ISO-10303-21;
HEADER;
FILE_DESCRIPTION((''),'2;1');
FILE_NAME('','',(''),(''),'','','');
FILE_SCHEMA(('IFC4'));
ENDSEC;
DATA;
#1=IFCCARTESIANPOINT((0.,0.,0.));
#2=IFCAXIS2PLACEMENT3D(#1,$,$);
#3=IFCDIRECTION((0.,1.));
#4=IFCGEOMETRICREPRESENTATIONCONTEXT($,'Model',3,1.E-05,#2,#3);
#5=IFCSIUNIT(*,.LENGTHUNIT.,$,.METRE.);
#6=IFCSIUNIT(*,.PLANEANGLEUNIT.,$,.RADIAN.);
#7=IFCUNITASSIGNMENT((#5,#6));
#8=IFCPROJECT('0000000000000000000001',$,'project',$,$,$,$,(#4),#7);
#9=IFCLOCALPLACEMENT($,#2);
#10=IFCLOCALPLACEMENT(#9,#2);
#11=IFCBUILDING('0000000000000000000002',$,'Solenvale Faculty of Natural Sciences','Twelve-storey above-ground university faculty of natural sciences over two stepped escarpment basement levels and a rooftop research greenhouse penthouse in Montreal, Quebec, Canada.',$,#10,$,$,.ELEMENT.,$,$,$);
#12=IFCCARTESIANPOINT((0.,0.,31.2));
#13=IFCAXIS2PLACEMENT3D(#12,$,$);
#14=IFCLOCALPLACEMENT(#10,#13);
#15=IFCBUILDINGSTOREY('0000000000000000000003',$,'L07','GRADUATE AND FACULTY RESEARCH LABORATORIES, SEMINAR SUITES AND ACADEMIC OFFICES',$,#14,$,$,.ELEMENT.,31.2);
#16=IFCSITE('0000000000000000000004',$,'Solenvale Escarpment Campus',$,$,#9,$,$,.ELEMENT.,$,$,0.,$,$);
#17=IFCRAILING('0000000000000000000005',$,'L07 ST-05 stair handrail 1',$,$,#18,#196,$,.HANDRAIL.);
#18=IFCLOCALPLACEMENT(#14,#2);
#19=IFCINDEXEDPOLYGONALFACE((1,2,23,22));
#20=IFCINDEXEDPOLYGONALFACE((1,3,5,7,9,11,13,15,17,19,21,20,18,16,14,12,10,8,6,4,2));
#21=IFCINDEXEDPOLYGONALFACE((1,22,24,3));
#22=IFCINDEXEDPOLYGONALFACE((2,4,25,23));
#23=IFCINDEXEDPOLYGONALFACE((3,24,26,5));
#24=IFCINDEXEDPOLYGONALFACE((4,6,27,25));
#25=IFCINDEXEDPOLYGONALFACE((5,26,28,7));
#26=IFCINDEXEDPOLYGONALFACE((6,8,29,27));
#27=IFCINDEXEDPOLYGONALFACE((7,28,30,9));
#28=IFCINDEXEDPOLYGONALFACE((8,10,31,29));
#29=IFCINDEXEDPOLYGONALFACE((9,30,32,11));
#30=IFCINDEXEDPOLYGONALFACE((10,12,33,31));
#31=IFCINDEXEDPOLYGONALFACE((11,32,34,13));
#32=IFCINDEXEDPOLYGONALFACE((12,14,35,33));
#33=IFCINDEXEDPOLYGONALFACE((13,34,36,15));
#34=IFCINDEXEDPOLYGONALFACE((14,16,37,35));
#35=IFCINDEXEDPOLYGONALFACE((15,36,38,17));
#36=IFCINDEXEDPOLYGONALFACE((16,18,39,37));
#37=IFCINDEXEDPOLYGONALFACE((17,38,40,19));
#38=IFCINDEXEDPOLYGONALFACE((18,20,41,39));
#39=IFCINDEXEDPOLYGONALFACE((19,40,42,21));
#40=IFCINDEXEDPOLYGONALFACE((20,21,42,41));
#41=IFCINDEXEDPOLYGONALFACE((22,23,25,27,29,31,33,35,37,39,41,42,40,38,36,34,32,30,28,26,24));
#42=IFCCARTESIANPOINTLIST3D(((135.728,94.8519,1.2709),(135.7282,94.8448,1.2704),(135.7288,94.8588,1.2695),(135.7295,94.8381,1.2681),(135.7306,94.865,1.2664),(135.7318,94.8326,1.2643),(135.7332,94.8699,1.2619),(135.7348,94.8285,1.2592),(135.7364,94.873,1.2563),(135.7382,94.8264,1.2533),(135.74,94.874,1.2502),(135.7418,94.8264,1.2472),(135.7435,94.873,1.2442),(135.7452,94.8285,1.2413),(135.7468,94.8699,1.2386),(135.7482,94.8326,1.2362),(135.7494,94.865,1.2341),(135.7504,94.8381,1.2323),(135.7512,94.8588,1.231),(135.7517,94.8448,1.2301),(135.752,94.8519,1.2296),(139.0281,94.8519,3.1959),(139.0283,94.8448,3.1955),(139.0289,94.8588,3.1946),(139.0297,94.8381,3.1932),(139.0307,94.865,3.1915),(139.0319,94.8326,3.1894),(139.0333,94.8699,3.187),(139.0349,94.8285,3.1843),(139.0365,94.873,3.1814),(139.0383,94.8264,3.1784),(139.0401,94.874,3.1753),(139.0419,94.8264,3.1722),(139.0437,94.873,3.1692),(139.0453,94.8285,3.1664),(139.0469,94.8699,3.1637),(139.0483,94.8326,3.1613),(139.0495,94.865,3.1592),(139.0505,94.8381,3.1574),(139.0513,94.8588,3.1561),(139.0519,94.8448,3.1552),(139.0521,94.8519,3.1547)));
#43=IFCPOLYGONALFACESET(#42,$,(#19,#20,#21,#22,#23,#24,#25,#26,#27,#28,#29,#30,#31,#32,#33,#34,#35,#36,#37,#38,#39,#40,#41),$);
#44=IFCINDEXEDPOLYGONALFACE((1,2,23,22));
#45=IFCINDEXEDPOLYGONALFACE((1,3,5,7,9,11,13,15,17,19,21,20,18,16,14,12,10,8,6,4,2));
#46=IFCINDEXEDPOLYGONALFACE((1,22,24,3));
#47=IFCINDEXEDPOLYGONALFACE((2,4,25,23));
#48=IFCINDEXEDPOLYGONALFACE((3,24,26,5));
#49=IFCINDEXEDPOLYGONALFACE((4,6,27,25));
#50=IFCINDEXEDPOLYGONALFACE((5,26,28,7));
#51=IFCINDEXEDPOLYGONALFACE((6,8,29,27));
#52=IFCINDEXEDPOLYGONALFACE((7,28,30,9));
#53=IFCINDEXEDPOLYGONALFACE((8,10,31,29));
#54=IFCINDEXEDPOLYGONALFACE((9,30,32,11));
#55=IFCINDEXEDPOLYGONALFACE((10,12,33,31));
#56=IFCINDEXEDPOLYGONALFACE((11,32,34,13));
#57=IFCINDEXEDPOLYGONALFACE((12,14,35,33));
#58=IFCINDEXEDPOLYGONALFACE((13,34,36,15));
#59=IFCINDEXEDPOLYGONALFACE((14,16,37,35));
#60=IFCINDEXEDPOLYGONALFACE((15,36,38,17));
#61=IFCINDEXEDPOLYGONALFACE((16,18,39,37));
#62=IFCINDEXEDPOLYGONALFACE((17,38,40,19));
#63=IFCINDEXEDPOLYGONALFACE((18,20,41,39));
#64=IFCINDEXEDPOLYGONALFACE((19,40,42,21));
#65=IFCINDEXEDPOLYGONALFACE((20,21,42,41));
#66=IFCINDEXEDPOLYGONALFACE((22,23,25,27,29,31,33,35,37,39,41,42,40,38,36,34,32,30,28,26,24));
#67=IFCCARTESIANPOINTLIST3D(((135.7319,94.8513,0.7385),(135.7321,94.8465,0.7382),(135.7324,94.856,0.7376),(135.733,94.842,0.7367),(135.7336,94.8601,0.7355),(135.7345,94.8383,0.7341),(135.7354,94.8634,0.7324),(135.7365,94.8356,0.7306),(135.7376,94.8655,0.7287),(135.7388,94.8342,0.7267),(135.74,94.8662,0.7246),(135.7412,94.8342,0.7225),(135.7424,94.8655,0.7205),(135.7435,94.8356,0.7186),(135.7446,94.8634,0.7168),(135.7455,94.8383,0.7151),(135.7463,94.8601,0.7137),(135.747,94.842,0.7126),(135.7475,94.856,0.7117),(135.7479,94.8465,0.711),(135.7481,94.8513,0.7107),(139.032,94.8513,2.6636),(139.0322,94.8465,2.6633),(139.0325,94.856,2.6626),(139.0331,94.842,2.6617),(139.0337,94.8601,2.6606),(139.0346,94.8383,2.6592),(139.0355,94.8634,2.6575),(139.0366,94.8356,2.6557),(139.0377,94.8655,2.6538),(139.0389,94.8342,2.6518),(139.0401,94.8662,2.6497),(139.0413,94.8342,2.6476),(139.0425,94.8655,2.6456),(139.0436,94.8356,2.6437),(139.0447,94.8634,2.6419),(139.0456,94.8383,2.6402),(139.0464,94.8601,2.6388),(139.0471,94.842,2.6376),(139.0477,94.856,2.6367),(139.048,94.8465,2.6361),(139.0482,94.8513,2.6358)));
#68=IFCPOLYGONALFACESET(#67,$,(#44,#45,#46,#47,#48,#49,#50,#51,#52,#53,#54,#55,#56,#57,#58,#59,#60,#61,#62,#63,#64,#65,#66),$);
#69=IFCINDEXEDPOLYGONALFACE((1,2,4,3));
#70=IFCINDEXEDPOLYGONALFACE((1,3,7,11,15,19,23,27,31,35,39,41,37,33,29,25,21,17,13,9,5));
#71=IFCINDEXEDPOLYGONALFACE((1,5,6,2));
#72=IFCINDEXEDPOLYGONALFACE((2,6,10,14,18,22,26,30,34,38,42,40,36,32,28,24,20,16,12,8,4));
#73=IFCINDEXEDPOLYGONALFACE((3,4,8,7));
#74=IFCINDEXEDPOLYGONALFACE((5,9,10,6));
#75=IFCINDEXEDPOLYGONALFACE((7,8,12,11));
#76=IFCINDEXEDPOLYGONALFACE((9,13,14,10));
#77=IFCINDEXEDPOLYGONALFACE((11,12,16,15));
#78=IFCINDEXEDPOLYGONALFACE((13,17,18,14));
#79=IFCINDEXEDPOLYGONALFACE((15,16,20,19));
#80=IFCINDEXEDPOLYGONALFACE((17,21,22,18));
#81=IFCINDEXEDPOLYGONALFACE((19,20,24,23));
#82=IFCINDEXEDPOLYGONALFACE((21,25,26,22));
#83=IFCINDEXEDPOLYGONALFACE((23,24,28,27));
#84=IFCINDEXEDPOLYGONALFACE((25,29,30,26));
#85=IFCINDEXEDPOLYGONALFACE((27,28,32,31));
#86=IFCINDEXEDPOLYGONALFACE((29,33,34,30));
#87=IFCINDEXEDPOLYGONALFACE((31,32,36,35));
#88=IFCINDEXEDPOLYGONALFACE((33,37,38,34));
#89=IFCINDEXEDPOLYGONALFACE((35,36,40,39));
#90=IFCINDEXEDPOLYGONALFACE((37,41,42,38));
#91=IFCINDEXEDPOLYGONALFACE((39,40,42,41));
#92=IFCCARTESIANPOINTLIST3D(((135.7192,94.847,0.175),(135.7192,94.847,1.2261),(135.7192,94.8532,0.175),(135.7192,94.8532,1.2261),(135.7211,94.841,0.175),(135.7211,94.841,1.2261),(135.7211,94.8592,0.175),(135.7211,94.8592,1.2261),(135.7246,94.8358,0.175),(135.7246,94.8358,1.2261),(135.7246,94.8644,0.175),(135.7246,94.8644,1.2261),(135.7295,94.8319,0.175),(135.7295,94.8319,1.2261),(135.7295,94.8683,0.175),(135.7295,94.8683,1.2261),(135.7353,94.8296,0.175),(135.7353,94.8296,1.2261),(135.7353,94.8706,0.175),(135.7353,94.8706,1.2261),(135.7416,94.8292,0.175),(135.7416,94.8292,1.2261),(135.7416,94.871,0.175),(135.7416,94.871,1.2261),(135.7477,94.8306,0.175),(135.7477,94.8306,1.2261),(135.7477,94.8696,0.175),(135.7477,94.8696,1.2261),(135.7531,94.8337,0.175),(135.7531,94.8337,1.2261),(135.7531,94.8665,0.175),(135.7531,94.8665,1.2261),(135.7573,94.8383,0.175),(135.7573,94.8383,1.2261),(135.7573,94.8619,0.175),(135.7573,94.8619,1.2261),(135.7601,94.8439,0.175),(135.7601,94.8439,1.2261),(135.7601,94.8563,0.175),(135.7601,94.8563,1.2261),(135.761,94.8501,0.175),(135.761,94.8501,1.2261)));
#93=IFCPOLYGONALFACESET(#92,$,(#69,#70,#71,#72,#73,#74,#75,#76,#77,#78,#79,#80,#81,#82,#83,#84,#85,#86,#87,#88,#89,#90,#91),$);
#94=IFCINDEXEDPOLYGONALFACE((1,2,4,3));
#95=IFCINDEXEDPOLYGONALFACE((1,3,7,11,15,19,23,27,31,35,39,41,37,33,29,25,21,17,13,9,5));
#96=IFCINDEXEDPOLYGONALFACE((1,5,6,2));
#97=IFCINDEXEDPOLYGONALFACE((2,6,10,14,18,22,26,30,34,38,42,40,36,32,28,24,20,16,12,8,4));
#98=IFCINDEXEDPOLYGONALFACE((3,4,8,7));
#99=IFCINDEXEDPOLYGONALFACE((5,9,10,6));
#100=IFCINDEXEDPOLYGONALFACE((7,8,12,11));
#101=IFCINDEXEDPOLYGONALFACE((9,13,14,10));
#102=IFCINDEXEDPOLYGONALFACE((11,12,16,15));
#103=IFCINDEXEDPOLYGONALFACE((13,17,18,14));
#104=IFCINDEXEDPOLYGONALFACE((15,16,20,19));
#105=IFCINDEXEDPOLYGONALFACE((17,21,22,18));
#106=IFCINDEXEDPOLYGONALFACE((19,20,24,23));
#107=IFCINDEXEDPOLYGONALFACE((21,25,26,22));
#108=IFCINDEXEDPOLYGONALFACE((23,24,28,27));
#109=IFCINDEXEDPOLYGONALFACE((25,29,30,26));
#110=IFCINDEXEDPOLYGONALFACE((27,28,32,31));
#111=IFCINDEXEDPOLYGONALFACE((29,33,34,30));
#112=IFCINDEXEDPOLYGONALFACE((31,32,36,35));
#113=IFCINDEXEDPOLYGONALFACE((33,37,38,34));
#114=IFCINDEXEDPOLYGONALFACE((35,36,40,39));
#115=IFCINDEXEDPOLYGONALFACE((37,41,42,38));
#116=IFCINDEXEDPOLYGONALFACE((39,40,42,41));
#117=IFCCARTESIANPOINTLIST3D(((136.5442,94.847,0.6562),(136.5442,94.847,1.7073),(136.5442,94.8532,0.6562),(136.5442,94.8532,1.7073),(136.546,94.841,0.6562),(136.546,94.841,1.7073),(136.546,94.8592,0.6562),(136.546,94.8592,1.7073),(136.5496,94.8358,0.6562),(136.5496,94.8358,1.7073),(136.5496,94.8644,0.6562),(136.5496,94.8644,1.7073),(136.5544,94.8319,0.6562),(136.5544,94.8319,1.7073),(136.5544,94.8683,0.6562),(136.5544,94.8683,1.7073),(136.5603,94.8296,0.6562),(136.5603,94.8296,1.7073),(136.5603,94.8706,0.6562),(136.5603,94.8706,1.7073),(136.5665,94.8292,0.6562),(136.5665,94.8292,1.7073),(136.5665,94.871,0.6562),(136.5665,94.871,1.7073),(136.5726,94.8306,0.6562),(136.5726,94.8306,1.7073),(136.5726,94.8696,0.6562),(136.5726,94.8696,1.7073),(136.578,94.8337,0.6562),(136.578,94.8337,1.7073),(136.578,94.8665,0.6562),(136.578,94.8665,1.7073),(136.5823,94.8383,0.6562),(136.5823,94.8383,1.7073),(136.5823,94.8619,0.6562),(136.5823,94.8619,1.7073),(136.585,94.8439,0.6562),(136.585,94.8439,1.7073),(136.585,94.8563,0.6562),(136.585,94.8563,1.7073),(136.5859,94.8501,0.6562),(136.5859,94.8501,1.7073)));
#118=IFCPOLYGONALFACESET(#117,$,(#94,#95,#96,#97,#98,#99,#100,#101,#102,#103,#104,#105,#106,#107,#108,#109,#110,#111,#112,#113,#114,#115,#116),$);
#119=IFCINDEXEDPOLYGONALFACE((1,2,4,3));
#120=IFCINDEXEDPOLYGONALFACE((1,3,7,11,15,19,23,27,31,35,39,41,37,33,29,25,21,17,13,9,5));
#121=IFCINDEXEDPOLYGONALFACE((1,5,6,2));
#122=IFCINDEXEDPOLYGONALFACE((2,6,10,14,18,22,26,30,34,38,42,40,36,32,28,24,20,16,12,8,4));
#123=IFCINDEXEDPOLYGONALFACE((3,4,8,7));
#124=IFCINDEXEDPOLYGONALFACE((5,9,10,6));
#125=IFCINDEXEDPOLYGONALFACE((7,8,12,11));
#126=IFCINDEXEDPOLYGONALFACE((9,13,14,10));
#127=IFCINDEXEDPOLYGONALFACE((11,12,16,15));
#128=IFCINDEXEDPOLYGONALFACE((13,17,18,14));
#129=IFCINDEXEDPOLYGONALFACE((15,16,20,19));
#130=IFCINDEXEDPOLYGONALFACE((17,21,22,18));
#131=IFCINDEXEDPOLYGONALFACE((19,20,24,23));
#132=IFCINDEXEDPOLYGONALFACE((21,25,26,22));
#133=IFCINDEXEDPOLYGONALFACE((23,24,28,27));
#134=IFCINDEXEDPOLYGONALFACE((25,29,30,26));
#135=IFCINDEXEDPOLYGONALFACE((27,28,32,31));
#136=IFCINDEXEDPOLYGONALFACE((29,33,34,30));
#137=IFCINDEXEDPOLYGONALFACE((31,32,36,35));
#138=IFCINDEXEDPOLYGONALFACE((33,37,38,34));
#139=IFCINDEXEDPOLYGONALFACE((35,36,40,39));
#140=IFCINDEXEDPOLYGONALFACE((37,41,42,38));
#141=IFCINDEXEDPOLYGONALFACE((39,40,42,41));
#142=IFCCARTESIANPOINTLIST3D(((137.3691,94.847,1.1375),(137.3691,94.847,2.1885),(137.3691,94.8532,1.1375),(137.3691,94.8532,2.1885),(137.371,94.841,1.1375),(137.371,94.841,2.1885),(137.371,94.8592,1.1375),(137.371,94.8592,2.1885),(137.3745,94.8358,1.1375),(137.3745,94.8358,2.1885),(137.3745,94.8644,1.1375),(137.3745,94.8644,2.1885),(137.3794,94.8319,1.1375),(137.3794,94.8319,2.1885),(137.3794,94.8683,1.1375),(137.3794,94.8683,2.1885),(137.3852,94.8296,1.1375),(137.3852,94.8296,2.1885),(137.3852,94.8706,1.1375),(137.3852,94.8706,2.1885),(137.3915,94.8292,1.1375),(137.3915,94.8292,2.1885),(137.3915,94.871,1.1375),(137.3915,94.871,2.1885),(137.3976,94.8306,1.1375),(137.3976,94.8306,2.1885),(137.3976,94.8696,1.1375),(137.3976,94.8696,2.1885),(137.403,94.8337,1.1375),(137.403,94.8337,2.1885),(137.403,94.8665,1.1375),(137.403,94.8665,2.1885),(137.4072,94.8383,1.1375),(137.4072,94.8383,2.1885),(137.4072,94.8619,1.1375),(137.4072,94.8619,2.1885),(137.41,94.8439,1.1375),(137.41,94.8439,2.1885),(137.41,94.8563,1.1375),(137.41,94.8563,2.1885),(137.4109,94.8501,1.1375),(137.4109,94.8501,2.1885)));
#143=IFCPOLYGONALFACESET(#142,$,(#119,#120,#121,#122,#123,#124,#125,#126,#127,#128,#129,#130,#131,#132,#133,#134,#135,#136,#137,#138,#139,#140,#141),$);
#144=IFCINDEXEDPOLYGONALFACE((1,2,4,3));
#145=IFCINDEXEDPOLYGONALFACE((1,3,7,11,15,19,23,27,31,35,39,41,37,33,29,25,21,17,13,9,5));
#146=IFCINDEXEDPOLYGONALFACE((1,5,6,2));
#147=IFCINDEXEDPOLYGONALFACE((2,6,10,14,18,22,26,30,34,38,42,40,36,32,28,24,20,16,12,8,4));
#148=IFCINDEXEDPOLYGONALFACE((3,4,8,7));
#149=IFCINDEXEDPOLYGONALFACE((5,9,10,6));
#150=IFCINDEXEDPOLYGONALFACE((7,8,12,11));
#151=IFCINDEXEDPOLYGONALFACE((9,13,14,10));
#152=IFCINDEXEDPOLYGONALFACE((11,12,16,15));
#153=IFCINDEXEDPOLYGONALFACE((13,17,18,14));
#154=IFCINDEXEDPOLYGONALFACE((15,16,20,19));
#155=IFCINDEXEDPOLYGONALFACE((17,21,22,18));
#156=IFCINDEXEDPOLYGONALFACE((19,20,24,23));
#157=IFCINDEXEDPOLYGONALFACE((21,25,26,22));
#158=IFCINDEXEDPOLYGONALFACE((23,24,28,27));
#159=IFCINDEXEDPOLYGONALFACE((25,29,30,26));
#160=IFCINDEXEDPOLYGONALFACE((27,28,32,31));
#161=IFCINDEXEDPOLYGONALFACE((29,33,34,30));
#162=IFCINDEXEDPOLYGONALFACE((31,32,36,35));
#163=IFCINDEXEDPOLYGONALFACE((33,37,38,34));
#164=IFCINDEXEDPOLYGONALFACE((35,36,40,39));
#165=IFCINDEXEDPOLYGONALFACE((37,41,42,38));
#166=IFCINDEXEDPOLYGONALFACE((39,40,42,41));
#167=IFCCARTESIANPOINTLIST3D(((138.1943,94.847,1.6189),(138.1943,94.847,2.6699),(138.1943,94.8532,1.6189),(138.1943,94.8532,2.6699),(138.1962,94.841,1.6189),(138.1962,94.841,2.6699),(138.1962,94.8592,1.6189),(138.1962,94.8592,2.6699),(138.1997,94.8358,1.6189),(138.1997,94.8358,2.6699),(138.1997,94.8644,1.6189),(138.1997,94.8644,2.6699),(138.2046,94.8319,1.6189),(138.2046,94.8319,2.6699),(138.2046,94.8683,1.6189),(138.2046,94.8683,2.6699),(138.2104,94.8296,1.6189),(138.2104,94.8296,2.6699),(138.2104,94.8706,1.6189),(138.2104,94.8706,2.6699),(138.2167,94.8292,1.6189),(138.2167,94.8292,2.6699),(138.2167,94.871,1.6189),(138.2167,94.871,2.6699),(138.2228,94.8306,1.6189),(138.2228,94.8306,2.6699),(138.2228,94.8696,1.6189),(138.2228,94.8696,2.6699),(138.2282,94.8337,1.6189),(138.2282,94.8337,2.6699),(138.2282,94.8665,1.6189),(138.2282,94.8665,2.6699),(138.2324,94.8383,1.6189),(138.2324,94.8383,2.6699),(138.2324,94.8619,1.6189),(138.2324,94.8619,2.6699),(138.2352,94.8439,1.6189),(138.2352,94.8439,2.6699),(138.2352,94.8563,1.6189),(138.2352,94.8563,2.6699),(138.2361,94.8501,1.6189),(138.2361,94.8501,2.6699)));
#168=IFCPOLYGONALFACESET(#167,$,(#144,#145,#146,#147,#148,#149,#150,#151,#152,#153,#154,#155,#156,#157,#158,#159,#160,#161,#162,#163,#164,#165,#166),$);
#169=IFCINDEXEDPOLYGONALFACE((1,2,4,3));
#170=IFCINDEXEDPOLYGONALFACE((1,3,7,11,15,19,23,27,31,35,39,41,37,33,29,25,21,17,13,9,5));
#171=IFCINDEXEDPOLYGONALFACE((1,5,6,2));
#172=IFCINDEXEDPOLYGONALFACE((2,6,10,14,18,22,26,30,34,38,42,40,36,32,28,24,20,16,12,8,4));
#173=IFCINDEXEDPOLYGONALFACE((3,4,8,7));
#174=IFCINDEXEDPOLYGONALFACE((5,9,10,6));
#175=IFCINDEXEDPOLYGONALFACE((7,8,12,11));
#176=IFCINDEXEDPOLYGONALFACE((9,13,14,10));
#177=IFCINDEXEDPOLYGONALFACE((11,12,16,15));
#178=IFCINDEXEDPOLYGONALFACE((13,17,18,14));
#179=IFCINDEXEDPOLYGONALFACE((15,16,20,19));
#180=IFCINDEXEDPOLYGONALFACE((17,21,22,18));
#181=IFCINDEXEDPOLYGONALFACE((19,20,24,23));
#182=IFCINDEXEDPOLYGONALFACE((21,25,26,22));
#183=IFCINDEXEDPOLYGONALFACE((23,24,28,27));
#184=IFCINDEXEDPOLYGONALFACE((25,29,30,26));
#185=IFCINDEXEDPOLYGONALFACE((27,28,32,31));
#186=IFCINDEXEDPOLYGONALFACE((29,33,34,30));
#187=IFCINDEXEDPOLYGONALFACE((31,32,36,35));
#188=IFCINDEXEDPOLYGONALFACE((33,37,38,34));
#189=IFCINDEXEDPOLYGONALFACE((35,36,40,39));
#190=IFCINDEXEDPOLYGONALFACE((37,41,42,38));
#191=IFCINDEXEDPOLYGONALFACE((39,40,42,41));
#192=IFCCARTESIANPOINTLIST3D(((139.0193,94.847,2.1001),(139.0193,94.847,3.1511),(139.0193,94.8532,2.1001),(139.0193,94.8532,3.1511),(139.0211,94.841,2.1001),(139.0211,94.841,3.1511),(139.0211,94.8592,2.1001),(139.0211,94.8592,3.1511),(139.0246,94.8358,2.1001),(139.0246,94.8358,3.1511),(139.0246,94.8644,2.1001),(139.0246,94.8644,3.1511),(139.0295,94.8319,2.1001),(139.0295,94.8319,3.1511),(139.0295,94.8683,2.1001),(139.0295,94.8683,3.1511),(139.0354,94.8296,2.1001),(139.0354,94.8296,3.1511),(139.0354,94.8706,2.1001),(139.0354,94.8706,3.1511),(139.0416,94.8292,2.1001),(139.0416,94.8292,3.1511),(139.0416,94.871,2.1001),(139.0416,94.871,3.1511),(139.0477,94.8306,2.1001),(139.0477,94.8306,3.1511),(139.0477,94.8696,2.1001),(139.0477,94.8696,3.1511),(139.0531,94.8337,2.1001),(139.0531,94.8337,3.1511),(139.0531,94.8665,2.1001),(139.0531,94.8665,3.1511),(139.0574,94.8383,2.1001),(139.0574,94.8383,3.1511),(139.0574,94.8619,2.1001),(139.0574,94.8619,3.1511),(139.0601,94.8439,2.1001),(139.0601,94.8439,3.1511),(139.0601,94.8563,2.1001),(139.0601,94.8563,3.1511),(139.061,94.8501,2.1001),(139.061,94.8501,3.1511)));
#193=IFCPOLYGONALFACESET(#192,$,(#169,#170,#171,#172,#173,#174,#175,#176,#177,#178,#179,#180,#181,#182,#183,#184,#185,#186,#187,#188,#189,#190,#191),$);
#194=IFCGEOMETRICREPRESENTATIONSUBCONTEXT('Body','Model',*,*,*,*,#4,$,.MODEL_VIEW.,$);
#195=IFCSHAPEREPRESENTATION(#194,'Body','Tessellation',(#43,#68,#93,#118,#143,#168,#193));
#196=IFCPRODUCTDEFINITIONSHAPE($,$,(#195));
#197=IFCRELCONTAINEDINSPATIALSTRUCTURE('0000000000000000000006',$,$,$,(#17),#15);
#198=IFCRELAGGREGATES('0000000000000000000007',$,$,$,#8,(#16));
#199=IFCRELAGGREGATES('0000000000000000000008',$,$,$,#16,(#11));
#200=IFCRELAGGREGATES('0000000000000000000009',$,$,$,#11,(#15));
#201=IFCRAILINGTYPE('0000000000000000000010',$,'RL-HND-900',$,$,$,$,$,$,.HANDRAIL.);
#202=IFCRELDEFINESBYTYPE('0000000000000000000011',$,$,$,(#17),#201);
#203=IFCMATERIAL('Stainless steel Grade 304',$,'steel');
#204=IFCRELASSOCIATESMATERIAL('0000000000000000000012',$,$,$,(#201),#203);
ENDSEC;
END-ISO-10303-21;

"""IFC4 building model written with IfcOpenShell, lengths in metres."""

from ifc_helpers import new_model, si_unit, direction, frame, origin, origin_2d, place, context, subcontext, project, spatial, circle, extrude, material, type_object, element, save


model = new_model("IFC4")

# Units and contexts
model_context = context("Model", 3, precision=1e-05, world=origin(), true_north=direction((0.0, 1.0)))
body_context = subcontext(model_context, "Body", "Model", "MODEL_VIEW")
ifc_project = project(units=[si_unit("LENGTHUNIT", "METRE"), si_unit("PLANEANGLEUNIT", "RADIAN")], contexts=[model_context])

# Site, building, storey
site_placement = place(None, origin())
site = spatial("IfcSite", under=ifc_project, at=site_placement, Name="Solenvale Escarpment Campus", CompositionType="ELEMENT", RefElevation=0.0)
building_placement = place(site_placement, origin())
building = spatial("IfcBuilding", under=site, at=building_placement, Name="Solenvale Faculty of Natural Sciences", Description="Twelve-storey above-ground university faculty of natural sciences over two stepped escarpment basement levels and a rooftop research greenhouse penthouse in Montreal, Quebec, Canada.", CompositionType="ELEMENT")
storey_placement = place(building_placement, frame((0.0, 0.0, 31.2)))
storey = spatial("IfcBuildingStorey", under=building, at=storey_placement, Name="L07", Description="GRADUATE AND FACULTY RESEARCH LABORATORIES, SEMINAR SUITES AND ACADEMIC OFFICES", CompositionType="ELEMENT", Elevation=31.2)

# Railing
ifc_material_1 = material(Name="Stainless steel Grade 304", Category="steel")
railing_type_1 = type_object("IfcRailingType", Name="RL-HND-900", PredefinedType="HANDRAIL", material=ifc_material_1)
railing_1_placement = place(storey_placement, frame((135.74, 94.8501, 0.175)))
element("IfcRailing", 1, at=railing_1_placement, inside=storey, type_object=railing_type_1, Name="L07 ST-05 stair handrail 1", PredefinedType="HANDRAIL", context=body_context, shape_type="SweptSolid", body=[
    extrude(circle(Radius=0.0239, at=origin_2d()), frame((0.0, 0.0, 1.0752), z_axis=(0.863777, 0.0, 0.503875), x_axis=(0.0, 1.0, 0.0)), (0.0, 0.0, 1.0), 3.8206),
    extrude(circle(Radius=0.0161, at=origin_2d()), frame((0.0, 0.0, 0.5496), z_axis=(0.863777, 0.0, 0.503875), x_axis=(0.0, 1.0, 0.0)), (0.0, 0.0, 1.0), 3.8206),
    extrude(circle(Radius=0.021, at=origin_2d()), origin(), (0.0, 0.0, 1.0), 1.051),
    extrude(circle(Radius=0.021, at=origin_2d()), frame((0.825, 0.0, 0.4812)), (0.0, 0.0, 1.0), 1.051),
    extrude(circle(Radius=0.021, at=origin_2d()), frame((1.6499, 0.0, 0.9624)), (0.0, 0.0, 1.0), 1.051),
    extrude(circle(Radius=0.021, at=origin_2d()), frame((2.4751, 0.0, 1.4438)), (0.0, 0.0, 1.0), 1.051),
    extrude(circle(Radius=0.021, at=origin_2d()), frame((3.3, 0.0, 1.925)), (0.0, 0.0, 1.0), 1.051),
])

save(model, "model.ifc")
